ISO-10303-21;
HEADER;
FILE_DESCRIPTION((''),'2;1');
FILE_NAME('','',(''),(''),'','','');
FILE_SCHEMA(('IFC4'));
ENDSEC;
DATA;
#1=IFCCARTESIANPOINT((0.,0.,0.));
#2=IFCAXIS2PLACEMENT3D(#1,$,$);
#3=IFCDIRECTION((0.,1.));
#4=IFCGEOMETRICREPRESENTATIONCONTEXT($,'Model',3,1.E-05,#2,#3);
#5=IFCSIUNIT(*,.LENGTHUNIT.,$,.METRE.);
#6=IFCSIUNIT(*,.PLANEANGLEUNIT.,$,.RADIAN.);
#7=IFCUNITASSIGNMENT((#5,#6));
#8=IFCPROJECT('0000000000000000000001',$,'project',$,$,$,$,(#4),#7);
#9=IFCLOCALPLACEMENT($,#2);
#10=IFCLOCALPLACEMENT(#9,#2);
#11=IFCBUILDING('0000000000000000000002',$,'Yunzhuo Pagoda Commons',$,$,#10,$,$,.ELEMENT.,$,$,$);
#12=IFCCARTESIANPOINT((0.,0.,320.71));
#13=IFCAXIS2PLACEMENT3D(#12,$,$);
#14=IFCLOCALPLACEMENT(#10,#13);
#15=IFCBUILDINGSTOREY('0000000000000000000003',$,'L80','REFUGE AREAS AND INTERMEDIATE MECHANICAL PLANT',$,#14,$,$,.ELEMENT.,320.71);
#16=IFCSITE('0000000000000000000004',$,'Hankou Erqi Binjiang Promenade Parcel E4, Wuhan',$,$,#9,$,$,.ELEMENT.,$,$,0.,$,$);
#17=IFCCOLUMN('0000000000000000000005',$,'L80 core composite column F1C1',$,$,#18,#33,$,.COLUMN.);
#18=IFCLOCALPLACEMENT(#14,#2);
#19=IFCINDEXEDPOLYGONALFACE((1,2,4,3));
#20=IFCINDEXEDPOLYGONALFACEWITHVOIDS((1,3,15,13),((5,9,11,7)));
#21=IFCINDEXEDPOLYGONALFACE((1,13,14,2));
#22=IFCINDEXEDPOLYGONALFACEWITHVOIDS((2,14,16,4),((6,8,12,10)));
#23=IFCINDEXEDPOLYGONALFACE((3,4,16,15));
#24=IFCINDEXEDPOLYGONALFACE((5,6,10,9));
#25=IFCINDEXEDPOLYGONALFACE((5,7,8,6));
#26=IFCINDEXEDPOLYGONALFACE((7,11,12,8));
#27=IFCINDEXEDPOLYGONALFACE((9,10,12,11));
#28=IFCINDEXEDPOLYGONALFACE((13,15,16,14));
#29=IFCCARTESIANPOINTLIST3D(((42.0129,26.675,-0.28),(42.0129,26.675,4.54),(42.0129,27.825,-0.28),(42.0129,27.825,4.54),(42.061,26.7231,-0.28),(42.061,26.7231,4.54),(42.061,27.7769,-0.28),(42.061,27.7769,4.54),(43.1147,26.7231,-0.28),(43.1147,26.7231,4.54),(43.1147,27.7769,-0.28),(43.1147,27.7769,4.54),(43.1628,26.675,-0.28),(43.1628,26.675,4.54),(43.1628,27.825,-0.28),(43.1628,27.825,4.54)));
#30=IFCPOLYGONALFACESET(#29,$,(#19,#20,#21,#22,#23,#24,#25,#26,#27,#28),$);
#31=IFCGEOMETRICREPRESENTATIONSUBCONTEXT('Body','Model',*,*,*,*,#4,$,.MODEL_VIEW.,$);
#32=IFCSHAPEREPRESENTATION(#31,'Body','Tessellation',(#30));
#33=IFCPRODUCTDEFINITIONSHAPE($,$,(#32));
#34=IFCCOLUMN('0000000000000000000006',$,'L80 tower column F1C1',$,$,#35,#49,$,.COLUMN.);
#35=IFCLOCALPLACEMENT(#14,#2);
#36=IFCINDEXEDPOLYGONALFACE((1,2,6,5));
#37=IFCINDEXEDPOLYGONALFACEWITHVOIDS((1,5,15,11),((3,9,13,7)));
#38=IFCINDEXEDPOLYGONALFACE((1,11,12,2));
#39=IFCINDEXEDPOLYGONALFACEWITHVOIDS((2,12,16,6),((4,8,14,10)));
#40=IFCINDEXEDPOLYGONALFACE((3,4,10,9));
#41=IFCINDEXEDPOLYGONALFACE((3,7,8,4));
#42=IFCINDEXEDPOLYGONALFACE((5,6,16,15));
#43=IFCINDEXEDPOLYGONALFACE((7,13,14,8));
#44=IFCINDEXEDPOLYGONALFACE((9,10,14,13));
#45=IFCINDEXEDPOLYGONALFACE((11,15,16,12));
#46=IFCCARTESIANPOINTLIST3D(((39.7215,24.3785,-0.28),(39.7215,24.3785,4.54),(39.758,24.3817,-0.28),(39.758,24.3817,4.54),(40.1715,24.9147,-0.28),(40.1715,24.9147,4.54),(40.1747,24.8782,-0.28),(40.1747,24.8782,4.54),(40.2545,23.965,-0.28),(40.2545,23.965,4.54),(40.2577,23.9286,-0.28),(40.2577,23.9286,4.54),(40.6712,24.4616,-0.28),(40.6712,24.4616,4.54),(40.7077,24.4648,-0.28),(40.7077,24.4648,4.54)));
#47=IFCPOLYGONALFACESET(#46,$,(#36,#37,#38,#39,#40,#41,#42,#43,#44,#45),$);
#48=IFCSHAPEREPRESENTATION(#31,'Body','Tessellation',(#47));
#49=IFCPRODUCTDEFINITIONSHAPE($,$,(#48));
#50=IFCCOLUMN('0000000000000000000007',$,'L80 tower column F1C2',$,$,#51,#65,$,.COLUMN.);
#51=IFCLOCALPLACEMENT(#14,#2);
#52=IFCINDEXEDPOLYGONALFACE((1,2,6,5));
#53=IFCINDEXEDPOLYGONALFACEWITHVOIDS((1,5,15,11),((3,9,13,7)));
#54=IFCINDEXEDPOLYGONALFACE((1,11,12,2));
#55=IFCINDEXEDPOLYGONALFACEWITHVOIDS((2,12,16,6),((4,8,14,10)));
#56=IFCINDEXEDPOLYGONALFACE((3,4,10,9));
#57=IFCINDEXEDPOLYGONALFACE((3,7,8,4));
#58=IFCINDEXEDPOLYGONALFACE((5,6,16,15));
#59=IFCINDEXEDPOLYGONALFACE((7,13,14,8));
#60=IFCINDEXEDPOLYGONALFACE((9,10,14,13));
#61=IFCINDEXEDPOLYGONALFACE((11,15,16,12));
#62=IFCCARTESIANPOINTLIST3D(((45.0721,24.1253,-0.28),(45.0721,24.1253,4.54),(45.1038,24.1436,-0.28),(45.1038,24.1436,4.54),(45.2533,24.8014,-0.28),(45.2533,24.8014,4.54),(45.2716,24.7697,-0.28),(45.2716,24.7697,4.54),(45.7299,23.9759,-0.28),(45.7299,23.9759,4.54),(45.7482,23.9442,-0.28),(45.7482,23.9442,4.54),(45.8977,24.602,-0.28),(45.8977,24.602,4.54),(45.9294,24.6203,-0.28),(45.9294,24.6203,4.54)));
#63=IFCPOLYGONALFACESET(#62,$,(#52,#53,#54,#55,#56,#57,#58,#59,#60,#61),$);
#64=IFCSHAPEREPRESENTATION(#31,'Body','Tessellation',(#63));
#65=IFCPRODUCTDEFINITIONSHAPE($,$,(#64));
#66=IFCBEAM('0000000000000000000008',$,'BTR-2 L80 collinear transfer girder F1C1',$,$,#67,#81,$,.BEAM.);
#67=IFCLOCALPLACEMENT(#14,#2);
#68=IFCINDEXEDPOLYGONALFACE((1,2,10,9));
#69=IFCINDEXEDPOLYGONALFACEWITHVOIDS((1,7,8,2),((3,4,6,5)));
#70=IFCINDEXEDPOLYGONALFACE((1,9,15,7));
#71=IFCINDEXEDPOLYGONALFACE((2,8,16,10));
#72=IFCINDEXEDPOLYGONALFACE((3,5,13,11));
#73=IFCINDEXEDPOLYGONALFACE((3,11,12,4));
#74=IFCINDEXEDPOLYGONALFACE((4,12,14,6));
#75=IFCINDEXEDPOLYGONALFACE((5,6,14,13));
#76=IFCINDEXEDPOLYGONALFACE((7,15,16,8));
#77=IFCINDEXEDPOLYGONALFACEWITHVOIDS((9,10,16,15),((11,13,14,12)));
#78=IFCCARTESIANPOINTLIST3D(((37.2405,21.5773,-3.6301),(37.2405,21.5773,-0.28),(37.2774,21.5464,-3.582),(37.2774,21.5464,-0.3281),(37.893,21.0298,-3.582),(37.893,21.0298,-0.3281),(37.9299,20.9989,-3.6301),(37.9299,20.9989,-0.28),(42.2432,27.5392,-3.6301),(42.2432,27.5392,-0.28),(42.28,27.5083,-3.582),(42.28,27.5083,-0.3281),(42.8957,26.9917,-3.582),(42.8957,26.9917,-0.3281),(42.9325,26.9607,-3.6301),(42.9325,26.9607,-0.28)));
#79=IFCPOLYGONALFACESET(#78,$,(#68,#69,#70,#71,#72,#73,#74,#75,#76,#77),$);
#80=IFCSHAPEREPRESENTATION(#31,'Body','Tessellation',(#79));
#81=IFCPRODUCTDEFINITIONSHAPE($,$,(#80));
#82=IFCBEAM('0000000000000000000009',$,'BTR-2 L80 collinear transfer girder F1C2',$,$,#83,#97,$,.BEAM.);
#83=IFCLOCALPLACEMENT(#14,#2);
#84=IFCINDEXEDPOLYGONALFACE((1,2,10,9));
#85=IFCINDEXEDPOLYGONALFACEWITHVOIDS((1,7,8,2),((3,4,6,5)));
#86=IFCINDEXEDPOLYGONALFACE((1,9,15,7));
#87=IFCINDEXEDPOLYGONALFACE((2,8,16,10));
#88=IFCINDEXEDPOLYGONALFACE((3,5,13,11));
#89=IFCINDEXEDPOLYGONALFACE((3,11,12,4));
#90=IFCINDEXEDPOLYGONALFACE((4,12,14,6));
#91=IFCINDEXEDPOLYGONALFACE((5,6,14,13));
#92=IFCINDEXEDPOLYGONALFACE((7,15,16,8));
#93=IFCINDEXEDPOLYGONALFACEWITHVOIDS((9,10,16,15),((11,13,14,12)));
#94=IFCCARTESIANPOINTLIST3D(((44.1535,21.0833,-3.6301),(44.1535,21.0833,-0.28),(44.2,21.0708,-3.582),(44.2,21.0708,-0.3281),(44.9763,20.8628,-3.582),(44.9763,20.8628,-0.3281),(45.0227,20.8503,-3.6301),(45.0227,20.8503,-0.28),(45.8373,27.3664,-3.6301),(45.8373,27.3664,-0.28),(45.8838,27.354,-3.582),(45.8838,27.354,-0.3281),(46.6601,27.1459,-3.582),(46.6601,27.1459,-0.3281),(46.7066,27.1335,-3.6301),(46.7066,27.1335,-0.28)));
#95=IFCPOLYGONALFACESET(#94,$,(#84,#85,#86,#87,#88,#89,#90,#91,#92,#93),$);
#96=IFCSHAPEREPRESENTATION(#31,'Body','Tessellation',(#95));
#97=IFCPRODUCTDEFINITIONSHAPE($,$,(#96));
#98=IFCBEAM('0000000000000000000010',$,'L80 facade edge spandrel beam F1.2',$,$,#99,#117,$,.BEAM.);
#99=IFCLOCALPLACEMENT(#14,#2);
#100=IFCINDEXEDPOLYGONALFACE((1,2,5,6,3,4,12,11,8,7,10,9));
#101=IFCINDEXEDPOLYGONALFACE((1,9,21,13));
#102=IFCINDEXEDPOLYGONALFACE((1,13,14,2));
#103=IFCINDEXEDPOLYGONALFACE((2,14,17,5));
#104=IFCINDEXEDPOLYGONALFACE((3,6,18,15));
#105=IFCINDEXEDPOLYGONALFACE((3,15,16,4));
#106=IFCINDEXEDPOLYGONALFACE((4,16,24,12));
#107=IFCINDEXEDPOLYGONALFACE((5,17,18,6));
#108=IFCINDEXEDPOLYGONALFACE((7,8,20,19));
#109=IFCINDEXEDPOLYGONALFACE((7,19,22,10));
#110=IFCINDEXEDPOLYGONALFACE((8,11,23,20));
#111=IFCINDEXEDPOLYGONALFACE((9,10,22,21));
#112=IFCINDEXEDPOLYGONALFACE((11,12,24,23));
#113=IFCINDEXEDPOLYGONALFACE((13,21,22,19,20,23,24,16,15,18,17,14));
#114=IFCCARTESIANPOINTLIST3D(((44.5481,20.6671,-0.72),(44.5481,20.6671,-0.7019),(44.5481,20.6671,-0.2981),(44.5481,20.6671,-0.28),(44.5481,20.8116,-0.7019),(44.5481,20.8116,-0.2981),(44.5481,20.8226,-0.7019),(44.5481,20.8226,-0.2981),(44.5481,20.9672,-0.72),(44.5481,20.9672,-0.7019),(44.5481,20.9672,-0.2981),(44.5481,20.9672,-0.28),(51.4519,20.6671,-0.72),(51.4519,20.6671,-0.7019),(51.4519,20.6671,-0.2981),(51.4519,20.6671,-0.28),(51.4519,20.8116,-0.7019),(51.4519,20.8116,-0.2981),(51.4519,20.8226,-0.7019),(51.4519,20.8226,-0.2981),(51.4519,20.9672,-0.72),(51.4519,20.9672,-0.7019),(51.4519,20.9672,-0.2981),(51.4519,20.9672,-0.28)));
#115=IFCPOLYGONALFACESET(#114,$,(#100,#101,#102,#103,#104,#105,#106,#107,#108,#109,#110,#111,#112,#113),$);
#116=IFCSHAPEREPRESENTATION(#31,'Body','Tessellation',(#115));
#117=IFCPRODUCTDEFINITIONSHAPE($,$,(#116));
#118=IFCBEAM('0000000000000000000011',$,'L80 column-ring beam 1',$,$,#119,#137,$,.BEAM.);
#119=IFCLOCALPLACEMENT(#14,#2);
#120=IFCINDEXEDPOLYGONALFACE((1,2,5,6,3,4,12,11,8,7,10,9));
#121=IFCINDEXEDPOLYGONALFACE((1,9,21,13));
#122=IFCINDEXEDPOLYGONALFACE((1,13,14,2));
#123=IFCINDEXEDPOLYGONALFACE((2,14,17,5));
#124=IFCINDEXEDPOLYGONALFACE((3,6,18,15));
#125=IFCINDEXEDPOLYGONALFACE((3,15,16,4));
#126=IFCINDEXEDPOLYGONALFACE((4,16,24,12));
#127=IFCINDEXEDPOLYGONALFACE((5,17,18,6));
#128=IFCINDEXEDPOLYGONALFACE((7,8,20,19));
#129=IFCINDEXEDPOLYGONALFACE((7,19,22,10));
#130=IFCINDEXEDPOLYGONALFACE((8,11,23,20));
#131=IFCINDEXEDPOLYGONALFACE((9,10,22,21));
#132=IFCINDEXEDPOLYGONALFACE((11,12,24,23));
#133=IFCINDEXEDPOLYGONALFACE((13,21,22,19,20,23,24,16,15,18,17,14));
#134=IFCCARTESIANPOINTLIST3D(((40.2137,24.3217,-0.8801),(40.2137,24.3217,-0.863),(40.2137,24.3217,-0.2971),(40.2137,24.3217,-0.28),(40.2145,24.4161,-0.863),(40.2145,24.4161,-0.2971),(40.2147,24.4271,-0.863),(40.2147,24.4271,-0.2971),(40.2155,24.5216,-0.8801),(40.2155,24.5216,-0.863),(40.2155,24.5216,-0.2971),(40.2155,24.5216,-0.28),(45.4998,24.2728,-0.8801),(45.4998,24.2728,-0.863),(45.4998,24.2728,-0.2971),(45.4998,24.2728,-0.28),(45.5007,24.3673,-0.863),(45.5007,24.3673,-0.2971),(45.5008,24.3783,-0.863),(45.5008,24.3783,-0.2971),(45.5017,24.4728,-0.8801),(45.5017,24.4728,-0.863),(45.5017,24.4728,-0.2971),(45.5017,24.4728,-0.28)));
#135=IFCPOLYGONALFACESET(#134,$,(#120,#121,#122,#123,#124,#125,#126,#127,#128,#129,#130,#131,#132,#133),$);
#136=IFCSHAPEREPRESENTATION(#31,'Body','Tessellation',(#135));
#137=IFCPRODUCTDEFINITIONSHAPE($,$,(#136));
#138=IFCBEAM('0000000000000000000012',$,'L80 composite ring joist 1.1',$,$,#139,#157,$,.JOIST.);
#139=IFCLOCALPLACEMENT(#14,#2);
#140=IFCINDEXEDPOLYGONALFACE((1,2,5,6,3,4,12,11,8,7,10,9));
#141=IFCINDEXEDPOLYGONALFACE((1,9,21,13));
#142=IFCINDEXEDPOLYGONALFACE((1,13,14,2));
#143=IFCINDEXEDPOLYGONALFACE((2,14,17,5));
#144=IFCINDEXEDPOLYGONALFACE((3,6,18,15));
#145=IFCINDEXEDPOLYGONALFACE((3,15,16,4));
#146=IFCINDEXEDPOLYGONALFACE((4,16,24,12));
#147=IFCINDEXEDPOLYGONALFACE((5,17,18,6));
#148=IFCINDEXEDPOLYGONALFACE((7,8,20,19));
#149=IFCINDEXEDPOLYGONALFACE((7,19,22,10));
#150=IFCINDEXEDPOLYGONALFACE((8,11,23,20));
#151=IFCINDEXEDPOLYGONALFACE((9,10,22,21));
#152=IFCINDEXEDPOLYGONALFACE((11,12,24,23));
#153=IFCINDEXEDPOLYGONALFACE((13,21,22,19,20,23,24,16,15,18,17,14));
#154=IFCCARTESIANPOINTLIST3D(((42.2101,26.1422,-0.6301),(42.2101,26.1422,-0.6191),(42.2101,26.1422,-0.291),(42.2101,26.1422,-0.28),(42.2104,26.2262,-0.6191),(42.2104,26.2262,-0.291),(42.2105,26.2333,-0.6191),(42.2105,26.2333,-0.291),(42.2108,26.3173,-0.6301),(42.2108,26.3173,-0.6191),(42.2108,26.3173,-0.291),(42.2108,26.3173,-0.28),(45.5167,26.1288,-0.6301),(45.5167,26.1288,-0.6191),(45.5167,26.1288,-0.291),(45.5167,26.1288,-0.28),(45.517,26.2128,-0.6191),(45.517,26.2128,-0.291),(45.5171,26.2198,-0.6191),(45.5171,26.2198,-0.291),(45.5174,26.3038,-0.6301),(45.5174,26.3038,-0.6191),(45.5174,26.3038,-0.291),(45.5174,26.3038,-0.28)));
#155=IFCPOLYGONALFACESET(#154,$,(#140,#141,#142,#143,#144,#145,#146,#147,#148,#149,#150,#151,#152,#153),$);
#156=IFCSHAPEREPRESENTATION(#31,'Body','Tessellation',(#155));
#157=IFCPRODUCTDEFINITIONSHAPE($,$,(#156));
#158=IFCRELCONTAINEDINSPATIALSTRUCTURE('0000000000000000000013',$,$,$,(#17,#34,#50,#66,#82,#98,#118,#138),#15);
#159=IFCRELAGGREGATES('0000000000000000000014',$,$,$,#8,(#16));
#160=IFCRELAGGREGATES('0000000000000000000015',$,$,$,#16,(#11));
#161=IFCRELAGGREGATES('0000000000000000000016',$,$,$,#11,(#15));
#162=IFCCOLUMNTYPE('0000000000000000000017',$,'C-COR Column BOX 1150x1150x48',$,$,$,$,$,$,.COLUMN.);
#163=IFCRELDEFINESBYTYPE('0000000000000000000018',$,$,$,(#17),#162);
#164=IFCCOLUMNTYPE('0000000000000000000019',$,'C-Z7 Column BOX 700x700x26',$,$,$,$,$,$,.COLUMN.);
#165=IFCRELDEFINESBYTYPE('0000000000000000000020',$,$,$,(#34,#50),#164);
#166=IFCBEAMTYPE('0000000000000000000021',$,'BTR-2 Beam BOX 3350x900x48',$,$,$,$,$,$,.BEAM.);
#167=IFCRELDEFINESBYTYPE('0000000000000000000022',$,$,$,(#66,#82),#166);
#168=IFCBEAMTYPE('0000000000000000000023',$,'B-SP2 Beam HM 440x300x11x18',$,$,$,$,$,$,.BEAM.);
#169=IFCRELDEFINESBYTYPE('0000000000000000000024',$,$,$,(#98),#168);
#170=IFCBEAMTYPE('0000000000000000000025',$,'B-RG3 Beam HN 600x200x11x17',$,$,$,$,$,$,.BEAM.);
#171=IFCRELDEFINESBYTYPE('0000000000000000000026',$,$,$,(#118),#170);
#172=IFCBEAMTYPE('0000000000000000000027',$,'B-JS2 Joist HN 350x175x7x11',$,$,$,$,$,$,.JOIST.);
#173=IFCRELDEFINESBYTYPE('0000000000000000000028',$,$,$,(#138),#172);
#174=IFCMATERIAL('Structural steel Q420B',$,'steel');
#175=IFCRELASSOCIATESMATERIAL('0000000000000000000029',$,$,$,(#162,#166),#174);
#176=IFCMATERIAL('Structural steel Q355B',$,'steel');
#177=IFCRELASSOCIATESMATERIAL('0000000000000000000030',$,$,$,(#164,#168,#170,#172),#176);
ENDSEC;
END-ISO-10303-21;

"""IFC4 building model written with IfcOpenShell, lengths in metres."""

from ifc_helpers import new_model, si_unit, direction, frame, origin, origin_2d, place, context, subcontext, project, spatial, hollow_rectangle, i_section, extrude, source, transform, mapped, material, material_profile, profile_set, type_object, element, save


model = new_model("IFC4")

# Units and contexts
model_context = context("Model", 3, precision=1e-05, world=origin(), true_north=direction((0.0, 1.0)))
body_context = subcontext(model_context, "Body", "Model", "MODEL_VIEW")
ifc_project = project(units=[si_unit("LENGTHUNIT", "METRE"), si_unit("PLANEANGLEUNIT", "RADIAN")], contexts=[model_context])

# Site, building, storey
site_placement = place(None, origin())
site = spatial("IfcSite", under=ifc_project, at=site_placement, Name="Hankou Erqi Binjiang Promenade Parcel E4, Wuhan", CompositionType="ELEMENT", RefElevation=0.0)
building_placement = place(site_placement, origin())
building = spatial("IfcBuilding", under=site, at=building_placement, Name="Yunzhuo Pagoda Commons", CompositionType="ELEMENT")
storey_placement = place(building_placement, frame((0.0, 0.0, 320.71)))
storey = spatial("IfcBuildingStorey", under=building, at=storey_placement, Name="L80", Description="REFUGE AREAS AND INTERMEDIATE MECHANICAL PLANT", CompositionType="ELEMENT", Elevation=320.71)

# Columns
ifc_material_1 = material(Name="Structural steel Q420B", Category="steel")
ifc_material_profile_1 = material_profile(ifc_material_1, hollow_rectangle(XDim=1.1499, YDim=1.1499, WallThickness=0.0481, at=origin_2d()), Name="Structural steel Q420B")
ifc_profile_set_1 = profile_set([ifc_material_profile_1], Name="Structural steel Q420B")
column_type_1 = type_object("IfcColumnType", Name="C-COR Column BOX 1150x1150x48", PredefinedType="COLUMN", material=ifc_profile_set_1)
shared_shape_1 = source(origin(), body_context, "Body", "SweptSolid", [
    extrude(hollow_rectangle(XDim=1.1499, YDim=1.1499, WallThickness=0.0481, at=origin_2d()), origin(), (0.0, 0.0, 1.0), 4.8201),
])
column_placement = place(storey_placement, frame((42.5879, 27.25, -0.28), z_axis=(0.0, 0.0, 1.0), x_axis=(1.0, 0.0, 0.0)))
element("IfcColumn", 1, at=column_placement, inside=storey, type_object=column_type_1, Name="L80 core composite column F1C1", PredefinedType="COLUMN", context=body_context, shape_type="MappedRepresentation", body=[
    mapped(shared_shape_1, transform((0.0, 0.0, 0.0), scale=1.0)),
])
ifc_material_2 = material(Name="Structural steel Q355B", Category="steel")
ifc_material_profile_2 = material_profile(ifc_material_2, hollow_rectangle(XDim=0.7, YDim=0.7, WallThickness=0.0259, at=origin_2d()), Name="Structural steel Q355B")
ifc_profile_set_2 = profile_set([ifc_material_profile_2], Name="Structural steel Q355B")
column_type_2 = type_object("IfcColumnType", Name="C-Z7 Column BOX 700x700x26", PredefinedType="COLUMN", material=ifc_profile_set_2)
shared_shape_2 = source(origin(), body_context, "Body", "SweptSolid", [
    extrude(hollow_rectangle(XDim=0.7, YDim=0.7, WallThickness=0.0259, at=origin_2d()), origin(), (0.0, 0.0, 1.0), 4.8201),
])
for number, where, z_axis, x_axis, name in (
    (2, (40.2146, 24.4216, -0.28), (0.0, 0.0, 1.0), (0.766044, -0.642788, 0.0), "L80 tower column F1C1"),
    (3, (45.5007, 24.3728, -0.28), (0.0, 0.0, 1.0), (0.965926, -0.258819, 0.0), "L80 tower column F1C2"),
):
    element("IfcColumn", number, at=place(storey_placement, frame(where, z_axis=z_axis, x_axis=x_axis)), inside=storey, type_object=column_type_2, Name=name, PredefinedType="COLUMN", context=body_context, shape_type="MappedRepresentation", body=[
        mapped(shared_shape_2, transform((0.0, 0.0, 0.0), scale=1.0)),
    ])

# Beams
ifc_material_profile_3 = material_profile(ifc_material_1, hollow_rectangle(XDim=0.8999, YDim=3.3501, WallThickness=0.0481, at=origin_2d()), Name="Structural steel Q420B")
ifc_profile_set_3 = profile_set([ifc_material_profile_3], Name="Structural steel Q420B")
beam_type_1 = type_object("IfcBeamType", Name="BTR-2 Beam BOX 3350x900x48", PredefinedType="BEAM", material=ifc_profile_set_3)
shared_shape_3 = source(origin(), body_context, "Body", "SweptSolid", [
    extrude(hollow_rectangle(XDim=0.8999, YDim=3.3501, WallThickness=0.0481, at=origin_2d()), origin(), (0.0, 0.0, 1.0), 7.7827),
])
beam_1_placement = place(storey_placement, frame((37.5852, 21.2881, -1.9551), z_axis=(0.642791, 0.766042, 0.0), x_axis=(-0.766042, 0.642791, 0.0)))
element("IfcBeam", 4, at=beam_1_placement, inside=storey, type_object=beam_type_1, Name="BTR-2 L80 collinear transfer girder F1C1", PredefinedType="BEAM", context=body_context, shape_type="MappedRepresentation", body=[
    mapped(shared_shape_3, transform((0.0, 0.0, 0.0), scale=1.0)),
])
shared_shape_4 = source(origin(), body_context, "Body", "SweptSolid", [
    extrude(hollow_rectangle(XDim=0.8999, YDim=3.3501, WallThickness=0.0481, at=origin_2d()), origin(), (0.0, 0.0, 1.0), 6.5049),
])
beam_2_placement = place(storey_placement, frame((44.5881, 20.9668, -1.9551), z_axis=(0.258856, 0.965916, 0.0), x_axis=(-0.965916, 0.258856, 0.0)))
element("IfcBeam", 5, at=beam_2_placement, inside=storey, type_object=beam_type_1, Name="BTR-2 L80 collinear transfer girder F1C2", PredefinedType="BEAM", context=body_context, shape_type="MappedRepresentation", body=[
    mapped(shared_shape_4, transform((0.0, 0.0, 0.0), scale=1.0)),
])
ifc_material_profile_4 = material_profile(ifc_material_2, i_section(OverallWidth=0.3, OverallDepth=0.4399, WebThickness=0.011, FlangeThickness=0.0181, at=origin_2d()), Name="Structural steel Q355B")
ifc_profile_set_4 = profile_set([ifc_material_profile_4], Name="Structural steel Q355B")
beam_type_2 = type_object("IfcBeamType", Name="B-SP2 Beam HM 440x300x11x18", PredefinedType="BEAM", material=ifc_profile_set_4)
shared_shape_5 = source(origin(), body_context, "Body", "SweptSolid", [
    extrude(i_section(OverallWidth=0.3, OverallDepth=0.4399, WebThickness=0.011, FlangeThickness=0.0181, at=origin_2d()), origin(), (0.0, 0.0, 1.0), 6.9038),
])
beam_3_placement = place(storey_placement, frame((44.5481, 20.8171, -0.5), z_axis=(1.0, 0.0, 0.0), x_axis=(0.0, 1.0, 0.0)))
element("IfcBeam", 6, at=beam_3_placement, inside=storey, type_object=beam_type_2, Name="L80 facade edge spandrel beam F1.2", PredefinedType="BEAM", context=body_context, shape_type="MappedRepresentation", body=[
    mapped(shared_shape_5, transform((0.0, 0.0, 0.0), scale=1.0)),
])
ifc_material_profile_5 = material_profile(ifc_material_2, i_section(OverallWidth=0.2, OverallDepth=0.6001, WebThickness=0.011, FlangeThickness=0.0171, at=origin_2d()), Name="Structural steel Q355B")
ifc_profile_set_5 = profile_set([ifc_material_profile_5], Name="Structural steel Q355B")
beam_type_3 = type_object("IfcBeamType", Name="B-RG3 Beam HN 600x200x11x17", PredefinedType="BEAM", material=ifc_profile_set_5)
shared_shape_6 = source(origin(), body_context, "Body", "SweptSolid", [
    extrude(i_section(OverallWidth=0.2, OverallDepth=0.6001, WebThickness=0.011, FlangeThickness=0.0171, at=origin_2d()), origin(), (0.0, 0.0, 1.0), 5.2864),
])
beam_4_placement = place(storey_placement, frame((40.2146, 24.4216, -0.5801), z_axis=(0.999957, -0.009237, 0.0), x_axis=(0.009237, 0.999957, 0.0)))
element("IfcBeam", 7, at=beam_4_placement, inside=storey, type_object=beam_type_3, Name="L80 column-ring beam 1", PredefinedType="BEAM", context=body_context, shape_type="MappedRepresentation", body=[
    mapped(shared_shape_6, transform((0.0, 0.0, 0.0), scale=1.0)),
])
ifc_material_profile_6 = material_profile(ifc_material_2, i_section(OverallWidth=0.175, OverallDepth=0.3501, WebThickness=0.0071, FlangeThickness=0.011, at=origin_2d()), Name="Structural steel Q355B")
ifc_profile_set_6 = profile_set([ifc_material_profile_6], Name="Structural steel Q355B")
beam_type_4 = type_object("IfcBeamType", Name="B-JS2 Joist HN 350x175x7x11", PredefinedType="JOIST", material=ifc_profile_set_6)
shared_shape_7 = source(origin(), body_context, "Body", "SweptSolid", [
    extrude(i_section(OverallWidth=0.175, OverallDepth=0.3501, WebThickness=0.0071, FlangeThickness=0.011, at=origin_2d()), origin(), (0.0, 0.0, 1.0), 3.3066),
])
beam_5_placement = place(storey_placement, frame((42.2104, 26.2297, -0.4551), z_axis=(0.999992, -0.004061, 0.0), x_axis=(0.004061, 0.999992, 0.0)))
element("IfcBeam", 8, at=beam_5_placement, inside=storey, type_object=beam_type_4, Name="L80 composite ring joist 1.1", PredefinedType="JOIST", context=body_context, shape_type="MappedRepresentation", body=[
    mapped(shared_shape_7, transform((0.0, 0.0, 0.0), scale=1.0)),
])

save(model, "model.ifc")
